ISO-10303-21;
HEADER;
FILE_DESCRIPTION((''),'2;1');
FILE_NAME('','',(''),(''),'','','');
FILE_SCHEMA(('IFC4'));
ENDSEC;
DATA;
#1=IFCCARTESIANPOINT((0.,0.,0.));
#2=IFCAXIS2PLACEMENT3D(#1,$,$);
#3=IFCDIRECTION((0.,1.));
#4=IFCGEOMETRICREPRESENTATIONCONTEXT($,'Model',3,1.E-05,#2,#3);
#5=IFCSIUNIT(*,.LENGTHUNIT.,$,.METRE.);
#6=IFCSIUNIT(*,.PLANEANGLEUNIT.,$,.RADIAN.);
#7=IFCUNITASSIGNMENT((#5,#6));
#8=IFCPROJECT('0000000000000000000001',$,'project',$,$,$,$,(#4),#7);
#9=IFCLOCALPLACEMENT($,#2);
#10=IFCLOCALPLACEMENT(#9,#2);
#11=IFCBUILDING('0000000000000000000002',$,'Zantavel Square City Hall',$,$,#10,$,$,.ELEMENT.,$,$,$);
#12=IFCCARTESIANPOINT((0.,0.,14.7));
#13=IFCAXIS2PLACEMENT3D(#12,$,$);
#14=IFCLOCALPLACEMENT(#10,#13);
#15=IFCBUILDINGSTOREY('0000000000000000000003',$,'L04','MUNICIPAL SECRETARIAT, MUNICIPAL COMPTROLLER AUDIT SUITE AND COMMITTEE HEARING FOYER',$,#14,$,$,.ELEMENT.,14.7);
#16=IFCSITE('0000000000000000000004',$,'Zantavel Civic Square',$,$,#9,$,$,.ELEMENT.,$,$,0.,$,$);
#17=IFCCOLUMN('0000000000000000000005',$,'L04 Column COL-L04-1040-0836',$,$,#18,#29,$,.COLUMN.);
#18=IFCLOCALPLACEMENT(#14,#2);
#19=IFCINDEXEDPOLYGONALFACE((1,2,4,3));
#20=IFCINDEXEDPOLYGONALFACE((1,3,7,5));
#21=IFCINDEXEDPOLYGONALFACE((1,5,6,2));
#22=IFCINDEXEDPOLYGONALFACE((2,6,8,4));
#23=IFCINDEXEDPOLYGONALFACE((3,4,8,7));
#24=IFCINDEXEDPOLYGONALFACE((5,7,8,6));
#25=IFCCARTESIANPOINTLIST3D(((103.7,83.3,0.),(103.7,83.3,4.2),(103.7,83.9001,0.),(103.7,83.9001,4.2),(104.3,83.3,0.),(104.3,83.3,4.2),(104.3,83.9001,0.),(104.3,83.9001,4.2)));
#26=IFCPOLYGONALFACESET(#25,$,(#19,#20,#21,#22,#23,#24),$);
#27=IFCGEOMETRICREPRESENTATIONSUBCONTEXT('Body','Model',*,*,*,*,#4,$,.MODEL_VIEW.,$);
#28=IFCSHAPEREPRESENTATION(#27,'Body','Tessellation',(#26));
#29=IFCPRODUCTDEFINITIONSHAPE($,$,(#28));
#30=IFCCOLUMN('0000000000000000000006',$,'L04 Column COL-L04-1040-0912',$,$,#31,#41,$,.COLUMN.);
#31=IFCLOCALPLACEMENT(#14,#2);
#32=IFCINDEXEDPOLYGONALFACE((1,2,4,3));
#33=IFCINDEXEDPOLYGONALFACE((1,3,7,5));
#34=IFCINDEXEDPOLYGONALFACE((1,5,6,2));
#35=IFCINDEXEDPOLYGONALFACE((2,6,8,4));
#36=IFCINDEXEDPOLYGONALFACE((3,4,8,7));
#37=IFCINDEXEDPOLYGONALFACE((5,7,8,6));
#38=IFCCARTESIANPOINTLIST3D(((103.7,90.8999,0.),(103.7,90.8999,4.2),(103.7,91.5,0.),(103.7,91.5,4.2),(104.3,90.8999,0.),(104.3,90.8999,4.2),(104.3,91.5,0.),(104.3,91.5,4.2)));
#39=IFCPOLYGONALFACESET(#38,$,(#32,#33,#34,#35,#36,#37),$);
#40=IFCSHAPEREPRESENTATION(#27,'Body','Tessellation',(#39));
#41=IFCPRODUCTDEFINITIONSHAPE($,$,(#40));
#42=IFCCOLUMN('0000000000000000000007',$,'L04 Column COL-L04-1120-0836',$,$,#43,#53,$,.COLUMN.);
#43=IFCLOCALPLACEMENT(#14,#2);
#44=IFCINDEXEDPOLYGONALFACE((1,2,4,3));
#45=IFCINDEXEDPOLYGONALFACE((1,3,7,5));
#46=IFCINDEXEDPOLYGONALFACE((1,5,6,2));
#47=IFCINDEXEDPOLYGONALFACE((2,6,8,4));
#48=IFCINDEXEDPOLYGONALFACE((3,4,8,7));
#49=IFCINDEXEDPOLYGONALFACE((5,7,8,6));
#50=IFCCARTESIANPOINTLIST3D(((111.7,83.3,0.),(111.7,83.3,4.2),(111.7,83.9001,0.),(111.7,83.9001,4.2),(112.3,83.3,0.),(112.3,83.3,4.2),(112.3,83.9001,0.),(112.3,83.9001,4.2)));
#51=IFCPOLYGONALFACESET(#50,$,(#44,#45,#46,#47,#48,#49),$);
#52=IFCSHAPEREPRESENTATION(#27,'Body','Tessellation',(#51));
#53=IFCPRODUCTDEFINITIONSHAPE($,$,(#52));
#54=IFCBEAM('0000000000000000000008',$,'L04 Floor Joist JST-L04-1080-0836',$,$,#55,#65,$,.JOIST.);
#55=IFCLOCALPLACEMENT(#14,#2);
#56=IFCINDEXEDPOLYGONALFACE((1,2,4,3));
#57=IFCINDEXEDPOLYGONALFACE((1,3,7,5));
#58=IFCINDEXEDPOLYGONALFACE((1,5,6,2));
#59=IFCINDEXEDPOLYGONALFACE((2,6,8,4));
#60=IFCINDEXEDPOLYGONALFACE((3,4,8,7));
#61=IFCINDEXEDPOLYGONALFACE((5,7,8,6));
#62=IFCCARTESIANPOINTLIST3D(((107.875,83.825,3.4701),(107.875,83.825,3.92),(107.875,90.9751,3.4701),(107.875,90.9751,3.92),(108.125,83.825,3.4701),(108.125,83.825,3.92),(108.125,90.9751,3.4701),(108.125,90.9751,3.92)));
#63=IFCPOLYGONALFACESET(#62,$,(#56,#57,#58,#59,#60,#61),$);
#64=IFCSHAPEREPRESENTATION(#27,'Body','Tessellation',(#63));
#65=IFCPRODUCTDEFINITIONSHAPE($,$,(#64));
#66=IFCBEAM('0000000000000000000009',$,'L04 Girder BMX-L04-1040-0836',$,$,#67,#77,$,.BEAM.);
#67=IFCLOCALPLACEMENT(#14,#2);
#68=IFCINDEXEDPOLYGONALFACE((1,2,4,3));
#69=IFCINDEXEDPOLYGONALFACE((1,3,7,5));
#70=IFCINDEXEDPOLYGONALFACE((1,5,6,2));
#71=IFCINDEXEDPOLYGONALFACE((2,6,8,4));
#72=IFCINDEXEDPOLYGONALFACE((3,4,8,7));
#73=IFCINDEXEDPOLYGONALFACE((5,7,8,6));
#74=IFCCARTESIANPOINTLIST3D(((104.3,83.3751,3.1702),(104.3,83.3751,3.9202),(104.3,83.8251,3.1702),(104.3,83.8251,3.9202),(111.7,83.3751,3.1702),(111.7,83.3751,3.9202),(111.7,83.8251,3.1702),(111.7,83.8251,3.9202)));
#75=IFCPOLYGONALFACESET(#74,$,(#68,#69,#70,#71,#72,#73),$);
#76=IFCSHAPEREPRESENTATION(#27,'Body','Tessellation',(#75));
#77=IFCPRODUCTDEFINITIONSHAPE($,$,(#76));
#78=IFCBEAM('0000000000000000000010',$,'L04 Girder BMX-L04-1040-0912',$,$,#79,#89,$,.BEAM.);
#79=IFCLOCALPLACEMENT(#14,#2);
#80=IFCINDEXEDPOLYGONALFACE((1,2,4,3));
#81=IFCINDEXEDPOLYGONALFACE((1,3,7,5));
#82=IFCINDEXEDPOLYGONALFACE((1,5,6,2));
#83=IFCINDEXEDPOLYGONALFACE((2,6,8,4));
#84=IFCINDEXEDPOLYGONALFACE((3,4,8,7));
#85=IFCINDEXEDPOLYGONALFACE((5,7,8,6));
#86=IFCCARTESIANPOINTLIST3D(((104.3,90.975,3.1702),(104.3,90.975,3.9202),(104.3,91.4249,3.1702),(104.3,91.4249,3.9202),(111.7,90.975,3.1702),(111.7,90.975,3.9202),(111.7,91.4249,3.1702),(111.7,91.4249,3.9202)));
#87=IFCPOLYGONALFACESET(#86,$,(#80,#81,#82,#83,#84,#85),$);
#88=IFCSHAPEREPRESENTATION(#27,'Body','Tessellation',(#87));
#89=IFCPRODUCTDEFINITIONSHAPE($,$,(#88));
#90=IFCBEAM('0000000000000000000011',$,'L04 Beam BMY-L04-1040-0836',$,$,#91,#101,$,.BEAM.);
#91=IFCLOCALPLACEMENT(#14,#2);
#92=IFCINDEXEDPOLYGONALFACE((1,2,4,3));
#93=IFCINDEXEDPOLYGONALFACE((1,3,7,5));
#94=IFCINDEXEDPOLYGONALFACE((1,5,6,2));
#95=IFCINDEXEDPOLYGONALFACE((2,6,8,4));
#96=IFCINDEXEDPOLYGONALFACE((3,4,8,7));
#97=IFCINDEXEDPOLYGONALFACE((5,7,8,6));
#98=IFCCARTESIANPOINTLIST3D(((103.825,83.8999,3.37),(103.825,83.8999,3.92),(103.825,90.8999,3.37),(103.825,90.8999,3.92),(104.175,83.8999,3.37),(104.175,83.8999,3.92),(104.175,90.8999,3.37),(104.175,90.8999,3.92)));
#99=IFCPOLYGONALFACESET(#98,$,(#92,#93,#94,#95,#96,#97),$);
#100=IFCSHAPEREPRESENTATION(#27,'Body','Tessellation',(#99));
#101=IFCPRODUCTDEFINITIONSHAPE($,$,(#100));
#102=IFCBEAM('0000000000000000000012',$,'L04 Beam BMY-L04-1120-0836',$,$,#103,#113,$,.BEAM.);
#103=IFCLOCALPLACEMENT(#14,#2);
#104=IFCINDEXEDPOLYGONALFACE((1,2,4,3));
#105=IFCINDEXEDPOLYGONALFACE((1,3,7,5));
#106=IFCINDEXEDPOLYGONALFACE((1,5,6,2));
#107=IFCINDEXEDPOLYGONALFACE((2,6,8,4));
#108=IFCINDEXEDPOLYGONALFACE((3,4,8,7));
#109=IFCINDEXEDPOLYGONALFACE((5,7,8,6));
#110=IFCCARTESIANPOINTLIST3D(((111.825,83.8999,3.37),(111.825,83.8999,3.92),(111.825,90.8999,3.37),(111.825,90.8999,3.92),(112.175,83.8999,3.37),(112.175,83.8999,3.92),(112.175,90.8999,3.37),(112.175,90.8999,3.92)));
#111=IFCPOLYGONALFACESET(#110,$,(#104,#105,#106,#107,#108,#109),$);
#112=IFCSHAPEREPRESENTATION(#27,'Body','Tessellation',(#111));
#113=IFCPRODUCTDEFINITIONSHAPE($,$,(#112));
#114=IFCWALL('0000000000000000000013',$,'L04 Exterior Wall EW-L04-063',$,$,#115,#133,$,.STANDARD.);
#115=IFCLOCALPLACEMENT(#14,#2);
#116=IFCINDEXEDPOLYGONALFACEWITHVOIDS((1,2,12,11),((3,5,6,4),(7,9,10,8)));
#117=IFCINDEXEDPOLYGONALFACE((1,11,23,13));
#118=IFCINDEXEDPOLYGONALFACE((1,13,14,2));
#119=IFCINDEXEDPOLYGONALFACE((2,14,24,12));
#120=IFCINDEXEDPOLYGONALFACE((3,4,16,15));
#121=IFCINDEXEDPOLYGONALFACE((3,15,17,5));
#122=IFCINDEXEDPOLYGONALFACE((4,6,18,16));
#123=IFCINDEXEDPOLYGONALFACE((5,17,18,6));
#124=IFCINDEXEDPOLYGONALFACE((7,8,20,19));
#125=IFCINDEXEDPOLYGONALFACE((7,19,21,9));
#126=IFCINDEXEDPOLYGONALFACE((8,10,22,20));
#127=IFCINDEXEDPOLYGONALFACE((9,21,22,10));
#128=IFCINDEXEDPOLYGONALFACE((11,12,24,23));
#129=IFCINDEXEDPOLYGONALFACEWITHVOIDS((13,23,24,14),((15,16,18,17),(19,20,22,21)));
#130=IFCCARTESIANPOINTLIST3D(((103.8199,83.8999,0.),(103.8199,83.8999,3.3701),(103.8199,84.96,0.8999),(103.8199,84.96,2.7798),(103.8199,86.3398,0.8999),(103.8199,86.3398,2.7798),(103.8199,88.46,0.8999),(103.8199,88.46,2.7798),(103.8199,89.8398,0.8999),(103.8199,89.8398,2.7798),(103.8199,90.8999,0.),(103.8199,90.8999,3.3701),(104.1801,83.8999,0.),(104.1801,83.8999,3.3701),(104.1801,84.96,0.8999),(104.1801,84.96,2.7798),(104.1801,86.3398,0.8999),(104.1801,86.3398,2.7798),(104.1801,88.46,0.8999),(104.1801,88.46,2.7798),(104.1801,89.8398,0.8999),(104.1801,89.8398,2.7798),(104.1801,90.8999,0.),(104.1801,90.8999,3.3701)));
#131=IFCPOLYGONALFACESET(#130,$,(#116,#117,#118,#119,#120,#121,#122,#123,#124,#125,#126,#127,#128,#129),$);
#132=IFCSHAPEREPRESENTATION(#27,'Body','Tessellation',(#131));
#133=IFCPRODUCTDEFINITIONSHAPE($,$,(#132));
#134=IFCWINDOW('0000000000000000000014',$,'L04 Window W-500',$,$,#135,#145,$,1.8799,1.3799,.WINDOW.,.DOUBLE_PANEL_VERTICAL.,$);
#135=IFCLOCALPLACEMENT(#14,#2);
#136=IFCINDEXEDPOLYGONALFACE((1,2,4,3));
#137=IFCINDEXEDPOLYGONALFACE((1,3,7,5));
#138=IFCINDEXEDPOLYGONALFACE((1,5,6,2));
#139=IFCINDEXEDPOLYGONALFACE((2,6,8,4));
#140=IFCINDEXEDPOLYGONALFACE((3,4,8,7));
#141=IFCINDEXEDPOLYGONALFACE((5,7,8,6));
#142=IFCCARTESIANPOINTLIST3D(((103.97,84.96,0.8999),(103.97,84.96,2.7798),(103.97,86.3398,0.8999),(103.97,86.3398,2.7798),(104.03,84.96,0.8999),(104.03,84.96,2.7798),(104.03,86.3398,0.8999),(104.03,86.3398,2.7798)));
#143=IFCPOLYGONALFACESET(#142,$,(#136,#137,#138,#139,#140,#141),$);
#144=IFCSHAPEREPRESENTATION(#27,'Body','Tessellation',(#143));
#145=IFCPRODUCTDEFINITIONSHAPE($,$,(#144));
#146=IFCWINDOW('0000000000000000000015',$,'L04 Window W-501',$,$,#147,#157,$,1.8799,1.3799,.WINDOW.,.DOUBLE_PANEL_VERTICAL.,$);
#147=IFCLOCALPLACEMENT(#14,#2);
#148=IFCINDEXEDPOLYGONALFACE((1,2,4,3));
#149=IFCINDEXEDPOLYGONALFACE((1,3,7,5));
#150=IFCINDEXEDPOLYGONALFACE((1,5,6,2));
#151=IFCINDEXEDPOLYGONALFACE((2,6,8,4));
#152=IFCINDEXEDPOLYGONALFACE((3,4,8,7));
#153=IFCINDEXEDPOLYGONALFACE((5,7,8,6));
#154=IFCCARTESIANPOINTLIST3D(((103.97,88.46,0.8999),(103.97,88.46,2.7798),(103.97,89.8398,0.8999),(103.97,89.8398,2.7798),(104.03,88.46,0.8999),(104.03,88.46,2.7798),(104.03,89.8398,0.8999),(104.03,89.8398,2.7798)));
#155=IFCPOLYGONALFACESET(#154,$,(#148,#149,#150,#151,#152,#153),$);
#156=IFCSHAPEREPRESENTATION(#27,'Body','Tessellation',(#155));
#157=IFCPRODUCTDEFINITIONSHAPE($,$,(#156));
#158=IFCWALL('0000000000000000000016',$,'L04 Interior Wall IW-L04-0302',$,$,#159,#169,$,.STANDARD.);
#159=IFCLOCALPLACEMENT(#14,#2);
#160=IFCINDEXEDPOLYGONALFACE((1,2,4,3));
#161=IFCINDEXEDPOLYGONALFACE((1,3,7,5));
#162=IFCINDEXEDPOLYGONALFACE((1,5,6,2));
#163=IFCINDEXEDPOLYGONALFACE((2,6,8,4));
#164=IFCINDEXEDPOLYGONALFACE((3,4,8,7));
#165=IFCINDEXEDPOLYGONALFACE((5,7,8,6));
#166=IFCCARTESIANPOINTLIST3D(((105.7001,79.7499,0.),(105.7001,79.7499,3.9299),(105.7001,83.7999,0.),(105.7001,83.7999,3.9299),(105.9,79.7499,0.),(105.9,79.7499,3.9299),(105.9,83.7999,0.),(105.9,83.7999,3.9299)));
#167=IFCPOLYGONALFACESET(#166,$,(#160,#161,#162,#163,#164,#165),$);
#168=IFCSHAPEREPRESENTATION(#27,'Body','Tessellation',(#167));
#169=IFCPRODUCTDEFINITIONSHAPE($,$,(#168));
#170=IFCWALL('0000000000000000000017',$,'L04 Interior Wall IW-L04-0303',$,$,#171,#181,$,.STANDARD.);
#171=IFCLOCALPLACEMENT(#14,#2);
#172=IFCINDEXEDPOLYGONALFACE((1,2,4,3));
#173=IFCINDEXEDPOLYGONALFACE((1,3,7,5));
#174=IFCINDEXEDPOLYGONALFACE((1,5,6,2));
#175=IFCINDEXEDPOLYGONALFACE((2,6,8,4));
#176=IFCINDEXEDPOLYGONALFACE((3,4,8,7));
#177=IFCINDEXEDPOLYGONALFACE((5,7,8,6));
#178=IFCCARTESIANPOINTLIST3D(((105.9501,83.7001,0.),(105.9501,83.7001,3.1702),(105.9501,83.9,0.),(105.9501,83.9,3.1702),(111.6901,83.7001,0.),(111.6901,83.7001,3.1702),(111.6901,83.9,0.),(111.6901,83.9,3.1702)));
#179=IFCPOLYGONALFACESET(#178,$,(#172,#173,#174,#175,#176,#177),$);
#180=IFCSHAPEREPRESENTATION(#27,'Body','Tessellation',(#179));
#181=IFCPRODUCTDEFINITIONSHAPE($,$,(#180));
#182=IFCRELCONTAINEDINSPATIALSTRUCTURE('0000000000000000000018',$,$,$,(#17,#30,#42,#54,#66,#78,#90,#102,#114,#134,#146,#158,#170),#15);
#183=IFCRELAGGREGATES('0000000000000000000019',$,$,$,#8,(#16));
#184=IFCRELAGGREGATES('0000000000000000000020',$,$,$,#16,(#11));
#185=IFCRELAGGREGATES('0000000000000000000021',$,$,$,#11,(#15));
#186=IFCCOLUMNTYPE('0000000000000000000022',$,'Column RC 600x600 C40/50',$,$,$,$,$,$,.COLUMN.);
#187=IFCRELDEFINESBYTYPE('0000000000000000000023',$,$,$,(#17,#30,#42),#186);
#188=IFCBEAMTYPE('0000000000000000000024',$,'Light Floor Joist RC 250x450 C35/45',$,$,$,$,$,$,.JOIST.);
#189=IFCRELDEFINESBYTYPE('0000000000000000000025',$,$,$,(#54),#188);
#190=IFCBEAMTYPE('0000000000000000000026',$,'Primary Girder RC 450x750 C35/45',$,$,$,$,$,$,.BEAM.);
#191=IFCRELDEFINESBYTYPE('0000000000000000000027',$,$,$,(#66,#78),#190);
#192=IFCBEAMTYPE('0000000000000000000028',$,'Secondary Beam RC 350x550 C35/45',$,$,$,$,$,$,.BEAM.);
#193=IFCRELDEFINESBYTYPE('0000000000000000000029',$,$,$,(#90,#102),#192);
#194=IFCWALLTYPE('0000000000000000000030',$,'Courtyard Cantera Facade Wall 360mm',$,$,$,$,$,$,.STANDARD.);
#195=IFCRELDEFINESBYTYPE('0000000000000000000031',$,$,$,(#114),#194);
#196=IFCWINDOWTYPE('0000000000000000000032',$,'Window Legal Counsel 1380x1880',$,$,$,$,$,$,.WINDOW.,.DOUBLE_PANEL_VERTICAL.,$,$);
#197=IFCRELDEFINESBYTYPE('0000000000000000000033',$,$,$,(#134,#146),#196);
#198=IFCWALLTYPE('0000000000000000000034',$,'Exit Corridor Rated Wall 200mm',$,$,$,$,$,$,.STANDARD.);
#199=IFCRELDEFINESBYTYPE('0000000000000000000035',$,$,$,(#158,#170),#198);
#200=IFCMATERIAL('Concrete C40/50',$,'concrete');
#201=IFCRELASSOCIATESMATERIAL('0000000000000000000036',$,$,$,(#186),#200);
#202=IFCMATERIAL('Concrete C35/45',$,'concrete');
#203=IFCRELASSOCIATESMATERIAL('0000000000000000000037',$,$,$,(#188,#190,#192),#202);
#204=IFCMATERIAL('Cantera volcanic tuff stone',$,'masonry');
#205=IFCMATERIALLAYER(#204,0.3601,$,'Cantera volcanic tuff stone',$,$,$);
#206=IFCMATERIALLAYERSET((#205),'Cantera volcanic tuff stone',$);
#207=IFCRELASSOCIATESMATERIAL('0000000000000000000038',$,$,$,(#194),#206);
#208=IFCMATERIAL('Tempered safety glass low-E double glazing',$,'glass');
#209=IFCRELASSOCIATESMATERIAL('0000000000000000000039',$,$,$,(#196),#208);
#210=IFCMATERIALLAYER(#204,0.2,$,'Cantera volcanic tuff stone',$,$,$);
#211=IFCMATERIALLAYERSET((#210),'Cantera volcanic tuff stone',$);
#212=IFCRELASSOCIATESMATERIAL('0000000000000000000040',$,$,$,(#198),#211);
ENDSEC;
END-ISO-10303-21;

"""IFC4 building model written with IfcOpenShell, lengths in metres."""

from ifc_helpers import new_model, si_unit, direction, frame, frame_2d, origin, origin_2d, place, context, subcontext, project, spatial, rectangle, extrude, material, layer, layer_set, material_profile, profile_set, type_object, element, fill, save


model = new_model("IFC4")

# Units and contexts
model_context = context("Model", 3, precision=1e-05, world=origin(), true_north=direction((0.0, 1.0)))
body_context = subcontext(model_context, "Body", "Model", "MODEL_VIEW")
ifc_project = project(units=[si_unit("LENGTHUNIT", "METRE"), si_unit("PLANEANGLEUNIT", "RADIAN")], contexts=[model_context])

# Site, building, storey
site_placement = place(None, origin())
site = spatial("IfcSite", under=ifc_project, at=site_placement, Name="Zantavel Civic Square", CompositionType="ELEMENT", RefElevation=0.0)
building_placement = place(site_placement, origin())
building = spatial("IfcBuilding", under=site, at=building_placement, Name="Zantavel Square City Hall", CompositionType="ELEMENT")
storey_placement = place(building_placement, frame((0.0, 0.0, 14.7)))
storey = spatial("IfcBuildingStorey", under=building, at=storey_placement, Name="L04", Description="MUNICIPAL SECRETARIAT, MUNICIPAL COMPTROLLER AUDIT SUITE AND COMMITTEE HEARING FOYER", CompositionType="ELEMENT", Elevation=14.7)

# Columns
ifc_material_1 = material(Name="Concrete C40/50", Category="concrete")
ifc_material_profile_1 = material_profile(ifc_material_1, rectangle(XDim=0.6001, YDim=0.6001, at=origin_2d()), Name="RC 600x600")
ifc_profile_set_1 = profile_set([ifc_material_profile_1], Name="Concrete C40/50")
column_type = type_object("IfcColumnType", Name="Column RC 600x600 C40/50", PredefinedType="COLUMN", material=ifc_profile_set_1)
for number, where, z_axis, x_axis, name in (
    (1, (104.0, 83.6001, 0.0), (0.0, 0.0, 1.0), (1.0, 0.0, 0.0), "L04 Column COL-L04-1040-0836"),
    (2, (104.0, 91.2, 0.0), (0.0, 0.0, 1.0), (1.0, 0.0, 0.0), "L04 Column COL-L04-1040-0912"),
    (3, (112.0, 83.6001, 0.0), (0.0, 0.0, 1.0), (1.0, 0.0, 0.0), "L04 Column COL-L04-1120-0836"),
):
    element("IfcColumn", number, at=place(storey_placement, frame(where, z_axis=z_axis, x_axis=x_axis)), inside=storey, type_object=column_type, Name=name, PredefinedType="COLUMN", context=body_context, shape_type="SweptSolid", body=[
        extrude(rectangle(XDim=0.6001, YDim=0.6001, at=origin_2d()), origin(), (0.0, 0.0, 1.0), 4.2),
    ])

# Beams
ifc_material_2 = material(Name="Concrete C35/45", Category="concrete")
ifc_material_profile_2 = material_profile(ifc_material_2, rectangle(XDim=0.25, YDim=0.45, at=origin_2d()), Name="RC 250x450")
ifc_profile_set_2 = profile_set([ifc_material_profile_2], Name="Concrete C35/45")
beam_type_1 = type_object("IfcBeamType", Name="Light Floor Joist RC 250x450 C35/45", PredefinedType="JOIST", material=ifc_profile_set_2)
beam_placement = place(storey_placement, frame((108.0, 83.825, 3.6951), z_axis=(0.0, 1.0, 0.0), x_axis=(-1.0, 0.0, 0.0)))
element("IfcBeam", 4, at=beam_placement, inside=storey, type_object=beam_type_1, Name="L04 Floor Joist JST-L04-1080-0836", PredefinedType="JOIST", context=body_context, shape_type="SweptSolid", body=[
    extrude(rectangle(XDim=0.25, YDim=0.45, at=origin_2d()), origin(), (0.0, 0.0, 1.0), 7.1501),
])
ifc_material_profile_3 = material_profile(ifc_material_2, rectangle(XDim=0.45, YDim=0.75, at=origin_2d()), Name="RC 450x750")
ifc_profile_set_3 = profile_set([ifc_material_profile_3], Name="Concrete C35/45")
beam_type_2 = type_object("IfcBeamType", Name="Primary Girder RC 450x750 C35/45", PredefinedType="BEAM", material=ifc_profile_set_3)
for number, where, z_axis, x_axis, name in (
    (5, (104.3, 83.6001, 3.5452), (1.0, 0.0, 0.0), (0.0, 1.0, 0.0), "L04 Girder BMX-L04-1040-0836"),
    (6, (104.3, 91.2, 3.5452), (1.0, 0.0, 0.0), (0.0, 1.0, 0.0), "L04 Girder BMX-L04-1040-0912"),
):
    element("IfcBeam", number, at=place(storey_placement, frame(where, z_axis=z_axis, x_axis=x_axis)), inside=storey, type_object=beam_type_2, Name=name, PredefinedType="BEAM", context=body_context, shape_type="SweptSolid", body=[
        extrude(rectangle(XDim=0.45, YDim=0.75, at=origin_2d()), origin(), (0.0, 0.0, 1.0), 7.3999),
    ])
ifc_material_profile_4 = material_profile(ifc_material_2, rectangle(XDim=0.3501, YDim=0.55, at=origin_2d()), Name="RC 350x550")
ifc_profile_set_4 = profile_set([ifc_material_profile_4], Name="Concrete C35/45")
beam_type_3 = type_object("IfcBeamType", Name="Secondary Beam RC 350x550 C35/45", PredefinedType="BEAM", material=ifc_profile_set_4)
for number, where, z_axis, x_axis, name in (
    (7, (104.0, 83.8999, 3.645), (0.0, 1.0, 0.0), (-1.0, 0.0, 0.0), "L04 Beam BMY-L04-1040-0836"),
    (8, (112.0, 83.8999, 3.645), (0.0, 1.0, 0.0), (-1.0, 0.0, 0.0), "L04 Beam BMY-L04-1120-0836"),
):
    element("IfcBeam", number, at=place(storey_placement, frame(where, z_axis=z_axis, x_axis=x_axis)), inside=storey, type_object=beam_type_3, Name=name, PredefinedType="BEAM", context=body_context, shape_type="SweptSolid", body=[
        extrude(rectangle(XDim=0.3501, YDim=0.55, at=origin_2d()), origin(), (0.0, 0.0, 1.0), 7.0),
    ])

# Wall, openings, windows
ifc_material_3 = material(Name="Cantera volcanic tuff stone", Category="masonry")
ifc_layer_1 = layer(ifc_material_3, 0.3601, Name="Cantera volcanic tuff stone")
ifc_layer_set_1 = layer_set([ifc_layer_1], Name="Cantera volcanic tuff stone")
wall_type_1 = type_object("IfcWallType", Name="Courtyard Cantera Facade Wall 360mm", PredefinedType="STANDARD", material=ifc_layer_set_1)
wall_1_placement = place(storey_placement, frame((104.0, 83.8999, 0.0), z_axis=(0.0, 0.0, 1.0), x_axis=(0.0, 1.0, 0.0)))
wall_1 = element("IfcWall", 9, at=wall_1_placement, inside=storey, type_object=wall_type_1, Name="L04 Exterior Wall EW-L04-063", PredefinedType="STANDARD", context=body_context, shape_type="SweptSolid", body=[
    extrude(rectangle(XDim=7.0, YDim=0.3601, at=frame_2d((3.5, 0.0))), origin(), (0.0, 0.0, 1.0), 3.3701),
])
opening_1_placement = place(wall_1_placement, frame((1.0601, 0.0, 0.8999)))
opening_1 = element("IfcOpeningElement", 10, at=opening_1_placement, cuts=wall_1, PredefinedType="OPENING", context=body_context, shape_type="SweptSolid", body=[
    extrude(rectangle(XDim=1.3799, YDim=1.8799, at=frame_2d((0.6899, 0.9399))), frame((0.0, 0.1899, 0.0), z_axis=(0.0, -1.0, 0.0), x_axis=(1.0, 0.0, 0.0)), (0.0, 0.0, 1.0), 0.3801),
])
opening_2_placement = place(wall_1_placement, frame((4.5601, 0.0, 0.8999)))
opening_2 = element("IfcOpeningElement", 11, at=opening_2_placement, cuts=wall_1, PredefinedType="OPENING", context=body_context, shape_type="SweptSolid", body=[
    extrude(rectangle(XDim=1.3799, YDim=1.8799, at=frame_2d((0.6899, 0.9399))), frame((0.0, 0.1899, 0.0), z_axis=(0.0, -1.0, 0.0), x_axis=(1.0, 0.0, 0.0)), (0.0, 0.0, 1.0), 0.3801),
])
ifc_material_4 = material(Name="Tempered safety glass low-E double glazing", Category="glass")
window_type = type_object("IfcWindowType", Name="Window Legal Counsel 1380x1880", PartitioningType="DOUBLE_PANEL_VERTICAL", PredefinedType="WINDOW", material=ifc_material_4)
window_1_placement = place(opening_1_placement, origin())
window_1 = element("IfcWindow", 12, at=window_1_placement, inside=storey, type_object=window_type, Name="L04 Window W-500", OverallHeight=1.8799, OverallWidth=1.3799, PartitioningType="DOUBLE_PANEL_VERTICAL", PredefinedType="WINDOW", context=body_context, shape_type="SweptSolid", body=[
    extrude(rectangle(XDim=1.3799, YDim=1.8799, at=frame_2d((0.6899, 0.9399))), frame((0.0, 0.03, 0.0), z_axis=(0.0, -1.0, 0.0), x_axis=(1.0, 0.0, 0.0)), (0.0, 0.0, 1.0), 0.0601),
])
fill(opening_1, window_1)
window_2_placement = place(opening_2_placement, origin())
window_2 = element("IfcWindow", 13, at=window_2_placement, inside=storey, type_object=window_type, Name="L04 Window W-501", OverallHeight=1.8799, OverallWidth=1.3799, PartitioningType="DOUBLE_PANEL_VERTICAL", PredefinedType="WINDOW", context=body_context, shape_type="SweptSolid", body=[
    extrude(rectangle(XDim=1.3799, YDim=1.8799, at=frame_2d((0.6899, 0.9399))), frame((0.0, 0.03, 0.0), z_axis=(0.0, -1.0, 0.0), x_axis=(1.0, 0.0, 0.0)), (0.0, 0.0, 1.0), 0.0601),
])
fill(opening_2, window_2)

# Walls
ifc_layer_2 = layer(ifc_material_3, 0.2, Name="Cantera volcanic tuff stone")
ifc_layer_set_2 = layer_set([ifc_layer_2], Name="Cantera volcanic tuff stone")
wall_type_2 = type_object("IfcWallType", Name="Exit Corridor Rated Wall 200mm", PredefinedType="STANDARD", material=ifc_layer_set_2)
wall_2_placement = place(storey_placement, frame((105.8, 79.75, 0.0), z_axis=(0.0, 0.0, 1.0), x_axis=(0.0, 1.0, 0.0)))
element("IfcWall", 14, at=wall_2_placement, inside=storey, type_object=wall_type_2, Name="L04 Interior Wall IW-L04-0302", PredefinedType="STANDARD", context=body_context, shape_type="SweptSolid", body=[
    extrude(rectangle(XDim=4.05, YDim=0.2, at=frame_2d((2.0249, 0.0))), origin(), (0.0, 0.0, 1.0), 3.9299),
])
wall_3_placement = place(storey_placement, frame((105.95, 83.8, 0.0), z_axis=(0.0, 0.0, 1.0), x_axis=(1.0, 0.0, 0.0)))
element("IfcWall", 15, at=wall_3_placement, inside=storey, type_object=wall_type_2, Name="L04 Interior Wall IW-L04-0303", PredefinedType="STANDARD", context=body_context, shape_type="SweptSolid", body=[
    extrude(rectangle(XDim=5.74, YDim=0.2, at=frame_2d((2.8701, 0.0))), origin(), (0.0, 0.0, 1.0), 3.1702),
])

save(model, "model.ifc")
